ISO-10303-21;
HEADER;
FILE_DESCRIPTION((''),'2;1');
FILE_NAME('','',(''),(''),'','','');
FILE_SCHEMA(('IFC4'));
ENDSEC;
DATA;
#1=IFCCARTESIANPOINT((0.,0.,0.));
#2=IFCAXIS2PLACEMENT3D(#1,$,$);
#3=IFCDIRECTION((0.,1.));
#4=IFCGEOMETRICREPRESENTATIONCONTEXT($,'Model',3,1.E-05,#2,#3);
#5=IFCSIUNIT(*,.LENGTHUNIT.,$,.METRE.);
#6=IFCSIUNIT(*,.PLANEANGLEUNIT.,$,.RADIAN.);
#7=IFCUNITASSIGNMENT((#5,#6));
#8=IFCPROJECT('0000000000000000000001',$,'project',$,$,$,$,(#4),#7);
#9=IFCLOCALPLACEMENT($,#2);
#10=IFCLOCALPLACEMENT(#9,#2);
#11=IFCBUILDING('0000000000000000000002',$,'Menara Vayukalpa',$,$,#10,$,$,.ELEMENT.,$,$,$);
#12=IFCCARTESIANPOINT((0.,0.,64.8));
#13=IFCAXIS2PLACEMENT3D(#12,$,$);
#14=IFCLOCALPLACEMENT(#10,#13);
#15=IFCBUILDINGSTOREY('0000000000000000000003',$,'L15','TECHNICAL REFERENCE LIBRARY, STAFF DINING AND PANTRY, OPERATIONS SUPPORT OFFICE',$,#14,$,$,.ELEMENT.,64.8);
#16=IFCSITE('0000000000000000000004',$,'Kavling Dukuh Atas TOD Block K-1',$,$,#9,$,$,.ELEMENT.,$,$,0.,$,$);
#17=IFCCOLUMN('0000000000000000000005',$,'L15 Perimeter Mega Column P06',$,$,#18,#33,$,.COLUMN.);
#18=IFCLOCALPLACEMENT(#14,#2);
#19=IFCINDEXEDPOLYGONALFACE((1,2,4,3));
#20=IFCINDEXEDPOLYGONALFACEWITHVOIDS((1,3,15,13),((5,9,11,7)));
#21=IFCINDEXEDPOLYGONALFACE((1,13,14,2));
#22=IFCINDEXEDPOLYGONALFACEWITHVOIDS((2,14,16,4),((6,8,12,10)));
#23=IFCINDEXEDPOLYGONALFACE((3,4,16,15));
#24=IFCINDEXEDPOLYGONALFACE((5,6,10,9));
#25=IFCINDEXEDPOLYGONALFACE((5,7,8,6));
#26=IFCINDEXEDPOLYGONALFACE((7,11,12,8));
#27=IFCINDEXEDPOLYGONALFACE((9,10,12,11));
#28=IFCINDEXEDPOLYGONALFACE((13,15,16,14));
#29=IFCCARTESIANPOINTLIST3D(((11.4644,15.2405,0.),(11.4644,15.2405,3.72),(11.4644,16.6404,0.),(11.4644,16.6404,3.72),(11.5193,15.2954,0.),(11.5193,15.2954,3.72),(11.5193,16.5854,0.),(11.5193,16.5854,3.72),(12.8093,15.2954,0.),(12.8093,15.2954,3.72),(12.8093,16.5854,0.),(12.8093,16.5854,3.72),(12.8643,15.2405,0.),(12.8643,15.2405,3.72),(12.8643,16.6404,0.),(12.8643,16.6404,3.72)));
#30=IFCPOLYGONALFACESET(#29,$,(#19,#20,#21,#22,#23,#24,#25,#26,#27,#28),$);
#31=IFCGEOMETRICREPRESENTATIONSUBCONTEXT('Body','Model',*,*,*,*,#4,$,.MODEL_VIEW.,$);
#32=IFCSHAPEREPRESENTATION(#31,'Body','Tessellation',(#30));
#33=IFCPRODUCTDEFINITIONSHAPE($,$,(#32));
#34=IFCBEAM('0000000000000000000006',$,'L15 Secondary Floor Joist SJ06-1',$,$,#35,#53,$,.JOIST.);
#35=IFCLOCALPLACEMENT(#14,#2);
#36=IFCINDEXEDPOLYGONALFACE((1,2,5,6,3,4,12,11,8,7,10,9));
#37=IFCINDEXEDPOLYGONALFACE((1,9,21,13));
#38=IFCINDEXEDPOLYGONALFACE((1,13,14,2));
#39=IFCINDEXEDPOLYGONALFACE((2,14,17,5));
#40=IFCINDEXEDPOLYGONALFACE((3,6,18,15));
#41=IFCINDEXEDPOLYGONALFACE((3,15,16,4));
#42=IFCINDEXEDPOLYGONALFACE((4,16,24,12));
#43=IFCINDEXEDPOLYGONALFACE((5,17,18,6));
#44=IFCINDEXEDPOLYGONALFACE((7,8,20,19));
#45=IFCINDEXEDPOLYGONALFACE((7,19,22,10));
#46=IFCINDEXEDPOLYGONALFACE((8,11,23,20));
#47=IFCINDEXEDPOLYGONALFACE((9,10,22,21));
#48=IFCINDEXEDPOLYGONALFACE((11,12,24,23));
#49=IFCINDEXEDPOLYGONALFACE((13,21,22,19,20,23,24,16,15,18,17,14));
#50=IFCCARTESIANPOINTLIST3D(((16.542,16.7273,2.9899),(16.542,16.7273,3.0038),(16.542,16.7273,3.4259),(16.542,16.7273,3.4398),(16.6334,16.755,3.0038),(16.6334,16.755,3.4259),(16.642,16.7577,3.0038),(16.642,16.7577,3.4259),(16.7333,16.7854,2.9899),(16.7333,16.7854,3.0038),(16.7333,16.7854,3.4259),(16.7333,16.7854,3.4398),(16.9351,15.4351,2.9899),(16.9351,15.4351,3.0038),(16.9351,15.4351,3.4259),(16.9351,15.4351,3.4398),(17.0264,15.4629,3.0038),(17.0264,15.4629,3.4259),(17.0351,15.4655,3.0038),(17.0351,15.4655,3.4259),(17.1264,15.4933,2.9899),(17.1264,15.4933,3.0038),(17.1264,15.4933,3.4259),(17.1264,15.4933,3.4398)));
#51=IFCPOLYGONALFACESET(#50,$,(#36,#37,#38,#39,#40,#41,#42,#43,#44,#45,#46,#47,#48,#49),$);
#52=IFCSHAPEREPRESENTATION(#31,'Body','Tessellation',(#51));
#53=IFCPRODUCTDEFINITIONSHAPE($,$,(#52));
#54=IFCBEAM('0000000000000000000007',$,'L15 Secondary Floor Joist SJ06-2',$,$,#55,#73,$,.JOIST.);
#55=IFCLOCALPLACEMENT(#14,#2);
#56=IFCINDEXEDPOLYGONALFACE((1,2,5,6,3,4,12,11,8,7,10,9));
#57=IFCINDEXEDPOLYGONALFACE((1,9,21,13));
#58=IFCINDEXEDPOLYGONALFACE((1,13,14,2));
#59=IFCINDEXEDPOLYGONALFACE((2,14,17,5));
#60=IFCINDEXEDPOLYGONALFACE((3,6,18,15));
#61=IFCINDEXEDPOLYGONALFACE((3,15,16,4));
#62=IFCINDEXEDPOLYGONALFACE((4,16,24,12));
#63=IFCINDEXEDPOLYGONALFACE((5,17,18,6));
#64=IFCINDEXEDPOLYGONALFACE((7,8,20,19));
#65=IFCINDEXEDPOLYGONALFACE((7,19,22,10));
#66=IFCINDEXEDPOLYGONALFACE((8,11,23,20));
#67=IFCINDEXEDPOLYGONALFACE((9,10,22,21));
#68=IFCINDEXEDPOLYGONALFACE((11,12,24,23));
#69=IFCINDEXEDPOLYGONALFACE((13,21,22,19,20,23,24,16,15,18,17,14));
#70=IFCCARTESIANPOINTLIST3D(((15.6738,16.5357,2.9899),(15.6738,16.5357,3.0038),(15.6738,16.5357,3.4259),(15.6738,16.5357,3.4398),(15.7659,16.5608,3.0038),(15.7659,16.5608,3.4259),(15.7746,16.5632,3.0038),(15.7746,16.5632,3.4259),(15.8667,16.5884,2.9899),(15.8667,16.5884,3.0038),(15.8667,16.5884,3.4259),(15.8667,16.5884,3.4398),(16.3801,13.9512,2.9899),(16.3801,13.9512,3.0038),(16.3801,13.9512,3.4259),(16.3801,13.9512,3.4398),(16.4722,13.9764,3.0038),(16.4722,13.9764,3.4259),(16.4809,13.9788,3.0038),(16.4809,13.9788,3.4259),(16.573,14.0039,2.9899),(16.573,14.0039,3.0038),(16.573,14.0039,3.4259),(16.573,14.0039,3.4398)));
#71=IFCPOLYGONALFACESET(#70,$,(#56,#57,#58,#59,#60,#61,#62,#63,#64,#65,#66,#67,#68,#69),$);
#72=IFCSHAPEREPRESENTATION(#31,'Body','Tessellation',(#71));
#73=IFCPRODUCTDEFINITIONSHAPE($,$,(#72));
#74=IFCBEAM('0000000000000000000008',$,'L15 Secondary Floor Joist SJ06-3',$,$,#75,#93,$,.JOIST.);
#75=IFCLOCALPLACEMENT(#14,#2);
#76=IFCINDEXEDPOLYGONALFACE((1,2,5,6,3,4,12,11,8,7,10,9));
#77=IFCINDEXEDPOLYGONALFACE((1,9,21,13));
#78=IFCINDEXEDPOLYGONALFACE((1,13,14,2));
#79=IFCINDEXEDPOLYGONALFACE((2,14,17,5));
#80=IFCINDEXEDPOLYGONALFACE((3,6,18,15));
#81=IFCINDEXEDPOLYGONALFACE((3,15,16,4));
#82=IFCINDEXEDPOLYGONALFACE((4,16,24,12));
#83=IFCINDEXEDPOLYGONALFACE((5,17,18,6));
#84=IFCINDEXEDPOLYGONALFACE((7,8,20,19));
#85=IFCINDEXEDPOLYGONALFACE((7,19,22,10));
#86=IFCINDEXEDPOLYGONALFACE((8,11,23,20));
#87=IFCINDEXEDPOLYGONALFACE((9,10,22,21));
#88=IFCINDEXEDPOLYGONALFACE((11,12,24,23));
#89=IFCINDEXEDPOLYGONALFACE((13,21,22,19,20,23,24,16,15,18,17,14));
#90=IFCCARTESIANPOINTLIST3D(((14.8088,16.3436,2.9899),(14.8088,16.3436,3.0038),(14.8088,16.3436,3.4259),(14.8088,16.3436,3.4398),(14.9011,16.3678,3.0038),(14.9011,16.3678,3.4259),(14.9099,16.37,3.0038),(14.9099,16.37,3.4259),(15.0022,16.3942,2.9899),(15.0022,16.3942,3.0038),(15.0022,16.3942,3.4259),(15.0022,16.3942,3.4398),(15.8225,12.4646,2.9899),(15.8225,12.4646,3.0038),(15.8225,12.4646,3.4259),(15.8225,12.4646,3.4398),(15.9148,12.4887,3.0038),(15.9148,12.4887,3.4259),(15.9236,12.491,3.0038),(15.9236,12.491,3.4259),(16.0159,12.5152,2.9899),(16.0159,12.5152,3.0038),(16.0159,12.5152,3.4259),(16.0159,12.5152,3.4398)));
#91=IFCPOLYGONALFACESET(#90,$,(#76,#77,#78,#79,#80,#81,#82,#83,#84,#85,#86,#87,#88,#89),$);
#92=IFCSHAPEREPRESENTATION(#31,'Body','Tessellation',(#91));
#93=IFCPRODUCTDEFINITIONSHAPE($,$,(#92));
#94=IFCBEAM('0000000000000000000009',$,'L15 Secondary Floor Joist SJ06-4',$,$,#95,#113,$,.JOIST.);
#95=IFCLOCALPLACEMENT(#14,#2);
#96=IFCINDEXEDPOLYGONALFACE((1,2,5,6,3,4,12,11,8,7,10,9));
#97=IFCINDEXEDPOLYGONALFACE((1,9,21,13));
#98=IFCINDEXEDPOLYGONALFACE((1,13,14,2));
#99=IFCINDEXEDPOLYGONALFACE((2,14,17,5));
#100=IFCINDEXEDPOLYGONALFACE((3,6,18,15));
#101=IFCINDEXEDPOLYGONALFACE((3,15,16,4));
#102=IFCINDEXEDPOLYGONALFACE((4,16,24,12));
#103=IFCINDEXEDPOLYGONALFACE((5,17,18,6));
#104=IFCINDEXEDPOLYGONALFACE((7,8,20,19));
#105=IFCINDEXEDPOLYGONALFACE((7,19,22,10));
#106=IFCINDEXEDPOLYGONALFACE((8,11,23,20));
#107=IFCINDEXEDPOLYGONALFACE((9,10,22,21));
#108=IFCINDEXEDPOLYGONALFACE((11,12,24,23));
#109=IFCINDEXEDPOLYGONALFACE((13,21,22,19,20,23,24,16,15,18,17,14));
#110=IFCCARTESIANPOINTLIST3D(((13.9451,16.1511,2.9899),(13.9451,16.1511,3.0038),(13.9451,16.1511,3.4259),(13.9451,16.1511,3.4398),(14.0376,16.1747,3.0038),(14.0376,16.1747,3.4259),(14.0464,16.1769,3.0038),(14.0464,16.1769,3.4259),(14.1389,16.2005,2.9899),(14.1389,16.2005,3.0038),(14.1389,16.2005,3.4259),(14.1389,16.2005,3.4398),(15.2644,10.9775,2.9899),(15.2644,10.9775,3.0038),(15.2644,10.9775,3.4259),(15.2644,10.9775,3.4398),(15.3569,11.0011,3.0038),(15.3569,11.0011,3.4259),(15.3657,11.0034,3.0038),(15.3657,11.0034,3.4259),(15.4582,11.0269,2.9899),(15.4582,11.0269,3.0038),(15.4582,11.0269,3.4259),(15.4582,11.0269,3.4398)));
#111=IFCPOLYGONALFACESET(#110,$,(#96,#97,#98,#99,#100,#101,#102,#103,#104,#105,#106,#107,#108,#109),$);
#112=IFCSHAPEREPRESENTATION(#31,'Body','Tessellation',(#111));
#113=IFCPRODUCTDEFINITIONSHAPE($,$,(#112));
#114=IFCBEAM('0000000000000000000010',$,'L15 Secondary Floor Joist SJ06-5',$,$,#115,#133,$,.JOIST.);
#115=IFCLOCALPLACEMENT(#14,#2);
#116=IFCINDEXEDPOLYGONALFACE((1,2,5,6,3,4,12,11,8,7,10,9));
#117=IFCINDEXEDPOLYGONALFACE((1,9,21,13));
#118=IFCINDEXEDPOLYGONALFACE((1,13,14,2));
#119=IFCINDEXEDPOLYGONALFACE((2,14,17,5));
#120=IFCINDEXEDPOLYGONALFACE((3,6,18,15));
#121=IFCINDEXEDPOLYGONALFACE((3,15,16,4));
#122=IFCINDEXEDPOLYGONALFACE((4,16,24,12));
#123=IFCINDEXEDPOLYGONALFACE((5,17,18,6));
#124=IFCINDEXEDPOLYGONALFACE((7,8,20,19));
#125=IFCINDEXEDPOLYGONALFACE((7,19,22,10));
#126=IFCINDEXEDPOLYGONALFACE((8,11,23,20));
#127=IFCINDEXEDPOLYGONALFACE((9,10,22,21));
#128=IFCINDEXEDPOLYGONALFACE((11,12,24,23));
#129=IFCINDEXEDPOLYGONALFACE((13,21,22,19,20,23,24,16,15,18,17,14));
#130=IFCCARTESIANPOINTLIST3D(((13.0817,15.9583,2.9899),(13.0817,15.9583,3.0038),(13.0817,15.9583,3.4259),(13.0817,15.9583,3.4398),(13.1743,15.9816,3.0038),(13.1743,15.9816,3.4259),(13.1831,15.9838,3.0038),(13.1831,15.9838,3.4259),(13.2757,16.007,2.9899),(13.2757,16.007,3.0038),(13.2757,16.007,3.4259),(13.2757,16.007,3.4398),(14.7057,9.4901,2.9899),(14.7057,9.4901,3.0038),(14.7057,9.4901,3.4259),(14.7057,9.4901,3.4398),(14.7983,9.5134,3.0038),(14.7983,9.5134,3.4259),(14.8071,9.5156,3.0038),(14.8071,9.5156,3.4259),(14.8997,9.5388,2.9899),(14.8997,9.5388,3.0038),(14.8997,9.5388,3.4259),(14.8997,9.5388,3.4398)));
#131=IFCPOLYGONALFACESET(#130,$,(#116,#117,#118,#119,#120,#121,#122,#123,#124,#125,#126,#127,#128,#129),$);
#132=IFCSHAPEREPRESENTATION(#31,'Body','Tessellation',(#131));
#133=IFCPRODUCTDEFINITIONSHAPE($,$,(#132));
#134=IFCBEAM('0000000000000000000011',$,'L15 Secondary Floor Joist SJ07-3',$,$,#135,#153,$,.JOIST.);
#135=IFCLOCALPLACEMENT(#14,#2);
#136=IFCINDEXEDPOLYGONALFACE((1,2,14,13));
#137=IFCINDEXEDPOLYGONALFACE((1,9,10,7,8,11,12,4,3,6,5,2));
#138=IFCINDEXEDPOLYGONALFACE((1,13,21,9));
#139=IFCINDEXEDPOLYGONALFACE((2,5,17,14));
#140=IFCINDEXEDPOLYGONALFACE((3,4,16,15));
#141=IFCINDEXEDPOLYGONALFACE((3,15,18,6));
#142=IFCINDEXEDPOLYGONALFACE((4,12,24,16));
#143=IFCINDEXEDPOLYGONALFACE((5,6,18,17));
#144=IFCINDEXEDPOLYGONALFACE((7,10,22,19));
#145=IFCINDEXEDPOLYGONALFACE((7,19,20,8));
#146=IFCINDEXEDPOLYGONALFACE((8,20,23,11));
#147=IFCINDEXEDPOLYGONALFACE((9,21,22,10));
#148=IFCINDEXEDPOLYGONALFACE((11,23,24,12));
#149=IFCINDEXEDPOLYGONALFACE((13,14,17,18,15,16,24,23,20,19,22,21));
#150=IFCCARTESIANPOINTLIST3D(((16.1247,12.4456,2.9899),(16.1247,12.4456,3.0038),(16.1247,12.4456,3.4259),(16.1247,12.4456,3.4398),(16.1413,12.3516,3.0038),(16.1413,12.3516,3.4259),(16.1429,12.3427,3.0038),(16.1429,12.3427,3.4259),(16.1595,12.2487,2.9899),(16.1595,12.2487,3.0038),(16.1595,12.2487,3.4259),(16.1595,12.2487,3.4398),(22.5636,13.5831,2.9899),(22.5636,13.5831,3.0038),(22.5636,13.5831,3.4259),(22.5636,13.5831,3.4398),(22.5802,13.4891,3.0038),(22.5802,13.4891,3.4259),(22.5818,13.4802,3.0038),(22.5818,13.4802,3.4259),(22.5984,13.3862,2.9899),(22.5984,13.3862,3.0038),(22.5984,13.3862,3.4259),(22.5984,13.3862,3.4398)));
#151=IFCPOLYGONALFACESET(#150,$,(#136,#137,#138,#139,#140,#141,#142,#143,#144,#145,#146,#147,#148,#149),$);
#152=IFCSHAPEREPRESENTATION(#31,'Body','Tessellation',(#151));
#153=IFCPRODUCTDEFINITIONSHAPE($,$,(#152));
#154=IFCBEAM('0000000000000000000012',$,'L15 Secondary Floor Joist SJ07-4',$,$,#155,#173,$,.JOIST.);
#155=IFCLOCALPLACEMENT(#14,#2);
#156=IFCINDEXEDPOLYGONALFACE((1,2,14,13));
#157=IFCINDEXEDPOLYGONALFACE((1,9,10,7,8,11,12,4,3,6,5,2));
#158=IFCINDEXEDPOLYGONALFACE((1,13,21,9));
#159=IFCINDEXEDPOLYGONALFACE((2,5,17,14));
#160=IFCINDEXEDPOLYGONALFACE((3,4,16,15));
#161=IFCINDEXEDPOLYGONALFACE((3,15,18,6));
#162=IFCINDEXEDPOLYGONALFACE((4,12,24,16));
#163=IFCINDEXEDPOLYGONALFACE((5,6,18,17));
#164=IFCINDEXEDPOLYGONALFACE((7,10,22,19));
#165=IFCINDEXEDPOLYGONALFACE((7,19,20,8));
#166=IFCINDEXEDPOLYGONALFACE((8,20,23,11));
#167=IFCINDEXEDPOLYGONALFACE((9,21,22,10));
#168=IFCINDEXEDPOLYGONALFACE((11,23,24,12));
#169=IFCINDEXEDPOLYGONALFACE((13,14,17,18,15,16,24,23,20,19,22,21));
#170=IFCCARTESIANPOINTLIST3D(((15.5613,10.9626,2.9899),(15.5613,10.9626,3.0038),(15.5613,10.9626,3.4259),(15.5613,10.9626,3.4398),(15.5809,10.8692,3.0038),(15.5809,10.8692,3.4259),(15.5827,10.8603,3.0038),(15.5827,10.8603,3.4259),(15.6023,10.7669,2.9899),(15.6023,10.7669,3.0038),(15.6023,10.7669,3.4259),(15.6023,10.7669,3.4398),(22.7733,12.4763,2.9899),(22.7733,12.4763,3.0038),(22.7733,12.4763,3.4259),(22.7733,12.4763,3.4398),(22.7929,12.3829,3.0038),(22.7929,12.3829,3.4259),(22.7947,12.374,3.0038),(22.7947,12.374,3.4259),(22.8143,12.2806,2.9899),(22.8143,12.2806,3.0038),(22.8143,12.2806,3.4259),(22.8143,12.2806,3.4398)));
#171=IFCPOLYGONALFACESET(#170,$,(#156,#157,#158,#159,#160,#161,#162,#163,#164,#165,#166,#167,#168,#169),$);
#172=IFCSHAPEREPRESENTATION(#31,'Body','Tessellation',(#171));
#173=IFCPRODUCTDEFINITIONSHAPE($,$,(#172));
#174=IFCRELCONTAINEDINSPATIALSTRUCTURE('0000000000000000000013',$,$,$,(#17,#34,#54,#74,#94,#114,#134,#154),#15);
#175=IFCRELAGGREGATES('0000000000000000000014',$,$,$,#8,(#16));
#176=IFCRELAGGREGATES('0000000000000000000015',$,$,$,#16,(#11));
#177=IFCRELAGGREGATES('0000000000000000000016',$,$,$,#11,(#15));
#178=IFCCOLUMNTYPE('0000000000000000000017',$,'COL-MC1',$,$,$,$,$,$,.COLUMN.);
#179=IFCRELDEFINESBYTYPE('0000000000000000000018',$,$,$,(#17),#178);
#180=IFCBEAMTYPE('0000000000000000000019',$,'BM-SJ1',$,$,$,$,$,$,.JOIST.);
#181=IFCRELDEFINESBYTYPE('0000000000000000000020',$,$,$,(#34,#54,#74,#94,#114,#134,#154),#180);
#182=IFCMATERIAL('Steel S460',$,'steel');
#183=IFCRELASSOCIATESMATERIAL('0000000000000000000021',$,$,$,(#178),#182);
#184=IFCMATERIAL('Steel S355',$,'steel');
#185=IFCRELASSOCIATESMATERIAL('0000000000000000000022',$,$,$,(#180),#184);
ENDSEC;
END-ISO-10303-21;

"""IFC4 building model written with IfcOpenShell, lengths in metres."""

from ifc_helpers import new_model, si_unit, direction, frame, origin, origin_2d, place, context, subcontext, project, spatial, hollow_rectangle, i_section, extrude, material, material_profile, profile_set, type_object, element, save


model = new_model("IFC4")

# Units and contexts
model_context = context("Model", 3, precision=1e-05, world=origin(), true_north=direction((0.0, 1.0)))
body_context = subcontext(model_context, "Body", "Model", "MODEL_VIEW")
ifc_project = project(units=[si_unit("LENGTHUNIT", "METRE"), si_unit("PLANEANGLEUNIT", "RADIAN")], contexts=[model_context])

# Site, building, storey
site_placement = place(None, origin())
site = spatial("IfcSite", under=ifc_project, at=site_placement, Name="Kavling Dukuh Atas TOD Block K-1", CompositionType="ELEMENT", RefElevation=0.0)
building_placement = place(site_placement, origin())
building = spatial("IfcBuilding", under=site, at=building_placement, Name="Menara Vayukalpa", CompositionType="ELEMENT")
storey_placement = place(building_placement, frame((0.0, 0.0, 64.8)))
storey = spatial("IfcBuildingStorey", under=building, at=storey_placement, Name="L15", Description="TECHNICAL REFERENCE LIBRARY, STAFF DINING AND PANTRY, OPERATIONS SUPPORT OFFICE", CompositionType="ELEMENT", Elevation=64.8)

# Column
ifc_material_1 = material(Name="Steel S460", Category="steel")
ifc_material_profile_1 = material_profile(ifc_material_1, hollow_rectangle(XDim=1.3999, YDim=1.3999, WallThickness=0.0549, at=origin_2d()), Name="BOX 1400x1400x55")
ifc_profile_set_1 = profile_set([ifc_material_profile_1], Name="Steel S460")
column_type = type_object("IfcColumnType", Name="COL-MC1", PredefinedType="COLUMN", material=ifc_profile_set_1)
column_placement = place(storey_placement, frame((12.1643, 15.9404, 0.0), z_axis=(0.0, 0.0, 1.0), x_axis=(1.0, 0.0, 0.0)))
element("IfcColumn", 1, at=column_placement, inside=storey, type_object=column_type, Name="L15 Perimeter Mega Column P06", PredefinedType="COLUMN", context=body_context, shape_type="SweptSolid", body=[
    extrude(hollow_rectangle(XDim=1.3999, YDim=1.3999, WallThickness=0.0549, at=origin_2d()), origin(), (0.0, 0.0, 1.0), 3.72),
])

# Beams
ifc_material_2 = material(Name="Steel S355", Category="steel")
ifc_material_profile_2 = material_profile(ifc_material_2, i_section(OverallWidth=0.2, OverallDepth=0.45, WebThickness=0.009, FlangeThickness=0.0139, at=origin_2d()), Name="WF 450x200x9x14")
ifc_profile_set_2 = profile_set([ifc_material_profile_2], Name="Steel S355")
beam_type_1 = type_object("IfcBeamType", Name="BM-SJ1", PredefinedType="JOIST", material=ifc_profile_set_2)
beam_1_placement = place(storey_placement, frame((16.6377, 16.7563, 3.2148), z_axis=(0.291011, -0.95672, 0.0), x_axis=(0.95672, 0.291011, 0.0)))
element("IfcBeam", 2, at=beam_1_placement, inside=storey, type_object=beam_type_1, Name="L15 Secondary Floor Joist SJ06-1", PredefinedType="JOIST", context=body_context, shape_type="SweptSolid", body=[
    extrude(i_section(OverallWidth=0.2, OverallDepth=0.45, WebThickness=0.009, FlangeThickness=0.0139, at=origin_2d()), origin(), (0.0, 0.0, 1.0), 1.3506),
])
beam_2_placement = place(storey_placement, frame((15.7703, 16.562, 3.2148), z_axis=(0.263619, -0.964627, 0.0), x_axis=(0.964627, 0.263619, 0.0)))
element("IfcBeam", 3, at=beam_2_placement, inside=storey, type_object=beam_type_1, Name="L15 Secondary Floor Joist SJ06-2", PredefinedType="JOIST", context=body_context, shape_type="SweptSolid", body=[
    extrude(i_section(OverallWidth=0.2, OverallDepth=0.45, WebThickness=0.009, FlangeThickness=0.0139, at=origin_2d()), origin(), (0.0, 0.0, 1.0), 2.6792),
])
beam_3_placement = place(storey_placement, frame((14.9055, 16.3689, 3.2148), z_axis=(0.252838, -0.967509, 0.0), x_axis=(0.967509, 0.252838, 0.0)))
element("IfcBeam", 4, at=beam_3_placement, inside=storey, type_object=beam_type_1, Name="L15 Secondary Floor Joist SJ06-3", PredefinedType="JOIST", context=body_context, shape_type="SweptSolid", body=[
    extrude(i_section(OverallWidth=0.2, OverallDepth=0.45, WebThickness=0.009, FlangeThickness=0.0139, at=origin_2d()), origin(), (0.0, 0.0, 1.0), 4.0093),
])
beam_4_placement = place(storey_placement, frame((14.042, 16.1758, 3.2148), z_axis=(0.247106, -0.968989, 0.0), x_axis=(0.968989, 0.247106, 0.0)))
element("IfcBeam", 5, at=beam_4_placement, inside=storey, type_object=beam_type_1, Name="L15 Secondary Floor Joist SJ06-4", PredefinedType="JOIST", context=body_context, shape_type="SweptSolid", body=[
    extrude(i_section(OverallWidth=0.2, OverallDepth=0.45, WebThickness=0.009, FlangeThickness=0.0139, at=origin_2d()), origin(), (0.0, 0.0, 1.0), 5.3391),
])
beam_5_placement = place(storey_placement, frame((13.1787, 15.9827, 3.2148), z_axis=(0.243517, -0.969897, 0.0), x_axis=(0.969897, 0.243517, 0.0)))
element("IfcBeam", 6, at=beam_5_placement, inside=storey, type_object=beam_type_1, Name="L15 Secondary Floor Joist SJ06-5", PredefinedType="JOIST", context=body_context, shape_type="SweptSolid", body=[
    extrude(i_section(OverallWidth=0.2, OverallDepth=0.45, WebThickness=0.009, FlangeThickness=0.0139, at=origin_2d()), origin(), (0.0, 0.0, 1.0), 6.6689),
])
beam_6_placement = place(storey_placement, frame((16.1421, 12.3472, 3.2148), z_axis=(0.984753, 0.173958, 0.0), x_axis=(-0.173958, 0.984753, 0.0)))
element("IfcBeam", 7, at=beam_6_placement, inside=storey, type_object=beam_type_1, Name="L15 Secondary Floor Joist SJ07-3", PredefinedType="JOIST", context=body_context, shape_type="SweptSolid", body=[
    extrude(i_section(OverallWidth=0.2, OverallDepth=0.45, WebThickness=0.009, FlangeThickness=0.0139, at=origin_2d()), origin(), (0.0, 0.0, 1.0), 6.5386),
])
beam_7_placement = place(storey_placement, frame((15.5818, 10.8647, 3.2148), z_axis=(0.978676, 0.205409, 0.0), x_axis=(-0.205409, 0.978676, 0.0)))
element("IfcBeam", 8, at=beam_7_placement, inside=storey, type_object=beam_type_1, Name="L15 Secondary Floor Joist SJ07-4", PredefinedType="JOIST", context=body_context, shape_type="SweptSolid", body=[
    extrude(i_section(OverallWidth=0.2, OverallDepth=0.45, WebThickness=0.009, FlangeThickness=0.0139, at=origin_2d()), origin(), (0.0, 0.0, 1.0), 7.3691),
])

save(model, "model.ifc")
